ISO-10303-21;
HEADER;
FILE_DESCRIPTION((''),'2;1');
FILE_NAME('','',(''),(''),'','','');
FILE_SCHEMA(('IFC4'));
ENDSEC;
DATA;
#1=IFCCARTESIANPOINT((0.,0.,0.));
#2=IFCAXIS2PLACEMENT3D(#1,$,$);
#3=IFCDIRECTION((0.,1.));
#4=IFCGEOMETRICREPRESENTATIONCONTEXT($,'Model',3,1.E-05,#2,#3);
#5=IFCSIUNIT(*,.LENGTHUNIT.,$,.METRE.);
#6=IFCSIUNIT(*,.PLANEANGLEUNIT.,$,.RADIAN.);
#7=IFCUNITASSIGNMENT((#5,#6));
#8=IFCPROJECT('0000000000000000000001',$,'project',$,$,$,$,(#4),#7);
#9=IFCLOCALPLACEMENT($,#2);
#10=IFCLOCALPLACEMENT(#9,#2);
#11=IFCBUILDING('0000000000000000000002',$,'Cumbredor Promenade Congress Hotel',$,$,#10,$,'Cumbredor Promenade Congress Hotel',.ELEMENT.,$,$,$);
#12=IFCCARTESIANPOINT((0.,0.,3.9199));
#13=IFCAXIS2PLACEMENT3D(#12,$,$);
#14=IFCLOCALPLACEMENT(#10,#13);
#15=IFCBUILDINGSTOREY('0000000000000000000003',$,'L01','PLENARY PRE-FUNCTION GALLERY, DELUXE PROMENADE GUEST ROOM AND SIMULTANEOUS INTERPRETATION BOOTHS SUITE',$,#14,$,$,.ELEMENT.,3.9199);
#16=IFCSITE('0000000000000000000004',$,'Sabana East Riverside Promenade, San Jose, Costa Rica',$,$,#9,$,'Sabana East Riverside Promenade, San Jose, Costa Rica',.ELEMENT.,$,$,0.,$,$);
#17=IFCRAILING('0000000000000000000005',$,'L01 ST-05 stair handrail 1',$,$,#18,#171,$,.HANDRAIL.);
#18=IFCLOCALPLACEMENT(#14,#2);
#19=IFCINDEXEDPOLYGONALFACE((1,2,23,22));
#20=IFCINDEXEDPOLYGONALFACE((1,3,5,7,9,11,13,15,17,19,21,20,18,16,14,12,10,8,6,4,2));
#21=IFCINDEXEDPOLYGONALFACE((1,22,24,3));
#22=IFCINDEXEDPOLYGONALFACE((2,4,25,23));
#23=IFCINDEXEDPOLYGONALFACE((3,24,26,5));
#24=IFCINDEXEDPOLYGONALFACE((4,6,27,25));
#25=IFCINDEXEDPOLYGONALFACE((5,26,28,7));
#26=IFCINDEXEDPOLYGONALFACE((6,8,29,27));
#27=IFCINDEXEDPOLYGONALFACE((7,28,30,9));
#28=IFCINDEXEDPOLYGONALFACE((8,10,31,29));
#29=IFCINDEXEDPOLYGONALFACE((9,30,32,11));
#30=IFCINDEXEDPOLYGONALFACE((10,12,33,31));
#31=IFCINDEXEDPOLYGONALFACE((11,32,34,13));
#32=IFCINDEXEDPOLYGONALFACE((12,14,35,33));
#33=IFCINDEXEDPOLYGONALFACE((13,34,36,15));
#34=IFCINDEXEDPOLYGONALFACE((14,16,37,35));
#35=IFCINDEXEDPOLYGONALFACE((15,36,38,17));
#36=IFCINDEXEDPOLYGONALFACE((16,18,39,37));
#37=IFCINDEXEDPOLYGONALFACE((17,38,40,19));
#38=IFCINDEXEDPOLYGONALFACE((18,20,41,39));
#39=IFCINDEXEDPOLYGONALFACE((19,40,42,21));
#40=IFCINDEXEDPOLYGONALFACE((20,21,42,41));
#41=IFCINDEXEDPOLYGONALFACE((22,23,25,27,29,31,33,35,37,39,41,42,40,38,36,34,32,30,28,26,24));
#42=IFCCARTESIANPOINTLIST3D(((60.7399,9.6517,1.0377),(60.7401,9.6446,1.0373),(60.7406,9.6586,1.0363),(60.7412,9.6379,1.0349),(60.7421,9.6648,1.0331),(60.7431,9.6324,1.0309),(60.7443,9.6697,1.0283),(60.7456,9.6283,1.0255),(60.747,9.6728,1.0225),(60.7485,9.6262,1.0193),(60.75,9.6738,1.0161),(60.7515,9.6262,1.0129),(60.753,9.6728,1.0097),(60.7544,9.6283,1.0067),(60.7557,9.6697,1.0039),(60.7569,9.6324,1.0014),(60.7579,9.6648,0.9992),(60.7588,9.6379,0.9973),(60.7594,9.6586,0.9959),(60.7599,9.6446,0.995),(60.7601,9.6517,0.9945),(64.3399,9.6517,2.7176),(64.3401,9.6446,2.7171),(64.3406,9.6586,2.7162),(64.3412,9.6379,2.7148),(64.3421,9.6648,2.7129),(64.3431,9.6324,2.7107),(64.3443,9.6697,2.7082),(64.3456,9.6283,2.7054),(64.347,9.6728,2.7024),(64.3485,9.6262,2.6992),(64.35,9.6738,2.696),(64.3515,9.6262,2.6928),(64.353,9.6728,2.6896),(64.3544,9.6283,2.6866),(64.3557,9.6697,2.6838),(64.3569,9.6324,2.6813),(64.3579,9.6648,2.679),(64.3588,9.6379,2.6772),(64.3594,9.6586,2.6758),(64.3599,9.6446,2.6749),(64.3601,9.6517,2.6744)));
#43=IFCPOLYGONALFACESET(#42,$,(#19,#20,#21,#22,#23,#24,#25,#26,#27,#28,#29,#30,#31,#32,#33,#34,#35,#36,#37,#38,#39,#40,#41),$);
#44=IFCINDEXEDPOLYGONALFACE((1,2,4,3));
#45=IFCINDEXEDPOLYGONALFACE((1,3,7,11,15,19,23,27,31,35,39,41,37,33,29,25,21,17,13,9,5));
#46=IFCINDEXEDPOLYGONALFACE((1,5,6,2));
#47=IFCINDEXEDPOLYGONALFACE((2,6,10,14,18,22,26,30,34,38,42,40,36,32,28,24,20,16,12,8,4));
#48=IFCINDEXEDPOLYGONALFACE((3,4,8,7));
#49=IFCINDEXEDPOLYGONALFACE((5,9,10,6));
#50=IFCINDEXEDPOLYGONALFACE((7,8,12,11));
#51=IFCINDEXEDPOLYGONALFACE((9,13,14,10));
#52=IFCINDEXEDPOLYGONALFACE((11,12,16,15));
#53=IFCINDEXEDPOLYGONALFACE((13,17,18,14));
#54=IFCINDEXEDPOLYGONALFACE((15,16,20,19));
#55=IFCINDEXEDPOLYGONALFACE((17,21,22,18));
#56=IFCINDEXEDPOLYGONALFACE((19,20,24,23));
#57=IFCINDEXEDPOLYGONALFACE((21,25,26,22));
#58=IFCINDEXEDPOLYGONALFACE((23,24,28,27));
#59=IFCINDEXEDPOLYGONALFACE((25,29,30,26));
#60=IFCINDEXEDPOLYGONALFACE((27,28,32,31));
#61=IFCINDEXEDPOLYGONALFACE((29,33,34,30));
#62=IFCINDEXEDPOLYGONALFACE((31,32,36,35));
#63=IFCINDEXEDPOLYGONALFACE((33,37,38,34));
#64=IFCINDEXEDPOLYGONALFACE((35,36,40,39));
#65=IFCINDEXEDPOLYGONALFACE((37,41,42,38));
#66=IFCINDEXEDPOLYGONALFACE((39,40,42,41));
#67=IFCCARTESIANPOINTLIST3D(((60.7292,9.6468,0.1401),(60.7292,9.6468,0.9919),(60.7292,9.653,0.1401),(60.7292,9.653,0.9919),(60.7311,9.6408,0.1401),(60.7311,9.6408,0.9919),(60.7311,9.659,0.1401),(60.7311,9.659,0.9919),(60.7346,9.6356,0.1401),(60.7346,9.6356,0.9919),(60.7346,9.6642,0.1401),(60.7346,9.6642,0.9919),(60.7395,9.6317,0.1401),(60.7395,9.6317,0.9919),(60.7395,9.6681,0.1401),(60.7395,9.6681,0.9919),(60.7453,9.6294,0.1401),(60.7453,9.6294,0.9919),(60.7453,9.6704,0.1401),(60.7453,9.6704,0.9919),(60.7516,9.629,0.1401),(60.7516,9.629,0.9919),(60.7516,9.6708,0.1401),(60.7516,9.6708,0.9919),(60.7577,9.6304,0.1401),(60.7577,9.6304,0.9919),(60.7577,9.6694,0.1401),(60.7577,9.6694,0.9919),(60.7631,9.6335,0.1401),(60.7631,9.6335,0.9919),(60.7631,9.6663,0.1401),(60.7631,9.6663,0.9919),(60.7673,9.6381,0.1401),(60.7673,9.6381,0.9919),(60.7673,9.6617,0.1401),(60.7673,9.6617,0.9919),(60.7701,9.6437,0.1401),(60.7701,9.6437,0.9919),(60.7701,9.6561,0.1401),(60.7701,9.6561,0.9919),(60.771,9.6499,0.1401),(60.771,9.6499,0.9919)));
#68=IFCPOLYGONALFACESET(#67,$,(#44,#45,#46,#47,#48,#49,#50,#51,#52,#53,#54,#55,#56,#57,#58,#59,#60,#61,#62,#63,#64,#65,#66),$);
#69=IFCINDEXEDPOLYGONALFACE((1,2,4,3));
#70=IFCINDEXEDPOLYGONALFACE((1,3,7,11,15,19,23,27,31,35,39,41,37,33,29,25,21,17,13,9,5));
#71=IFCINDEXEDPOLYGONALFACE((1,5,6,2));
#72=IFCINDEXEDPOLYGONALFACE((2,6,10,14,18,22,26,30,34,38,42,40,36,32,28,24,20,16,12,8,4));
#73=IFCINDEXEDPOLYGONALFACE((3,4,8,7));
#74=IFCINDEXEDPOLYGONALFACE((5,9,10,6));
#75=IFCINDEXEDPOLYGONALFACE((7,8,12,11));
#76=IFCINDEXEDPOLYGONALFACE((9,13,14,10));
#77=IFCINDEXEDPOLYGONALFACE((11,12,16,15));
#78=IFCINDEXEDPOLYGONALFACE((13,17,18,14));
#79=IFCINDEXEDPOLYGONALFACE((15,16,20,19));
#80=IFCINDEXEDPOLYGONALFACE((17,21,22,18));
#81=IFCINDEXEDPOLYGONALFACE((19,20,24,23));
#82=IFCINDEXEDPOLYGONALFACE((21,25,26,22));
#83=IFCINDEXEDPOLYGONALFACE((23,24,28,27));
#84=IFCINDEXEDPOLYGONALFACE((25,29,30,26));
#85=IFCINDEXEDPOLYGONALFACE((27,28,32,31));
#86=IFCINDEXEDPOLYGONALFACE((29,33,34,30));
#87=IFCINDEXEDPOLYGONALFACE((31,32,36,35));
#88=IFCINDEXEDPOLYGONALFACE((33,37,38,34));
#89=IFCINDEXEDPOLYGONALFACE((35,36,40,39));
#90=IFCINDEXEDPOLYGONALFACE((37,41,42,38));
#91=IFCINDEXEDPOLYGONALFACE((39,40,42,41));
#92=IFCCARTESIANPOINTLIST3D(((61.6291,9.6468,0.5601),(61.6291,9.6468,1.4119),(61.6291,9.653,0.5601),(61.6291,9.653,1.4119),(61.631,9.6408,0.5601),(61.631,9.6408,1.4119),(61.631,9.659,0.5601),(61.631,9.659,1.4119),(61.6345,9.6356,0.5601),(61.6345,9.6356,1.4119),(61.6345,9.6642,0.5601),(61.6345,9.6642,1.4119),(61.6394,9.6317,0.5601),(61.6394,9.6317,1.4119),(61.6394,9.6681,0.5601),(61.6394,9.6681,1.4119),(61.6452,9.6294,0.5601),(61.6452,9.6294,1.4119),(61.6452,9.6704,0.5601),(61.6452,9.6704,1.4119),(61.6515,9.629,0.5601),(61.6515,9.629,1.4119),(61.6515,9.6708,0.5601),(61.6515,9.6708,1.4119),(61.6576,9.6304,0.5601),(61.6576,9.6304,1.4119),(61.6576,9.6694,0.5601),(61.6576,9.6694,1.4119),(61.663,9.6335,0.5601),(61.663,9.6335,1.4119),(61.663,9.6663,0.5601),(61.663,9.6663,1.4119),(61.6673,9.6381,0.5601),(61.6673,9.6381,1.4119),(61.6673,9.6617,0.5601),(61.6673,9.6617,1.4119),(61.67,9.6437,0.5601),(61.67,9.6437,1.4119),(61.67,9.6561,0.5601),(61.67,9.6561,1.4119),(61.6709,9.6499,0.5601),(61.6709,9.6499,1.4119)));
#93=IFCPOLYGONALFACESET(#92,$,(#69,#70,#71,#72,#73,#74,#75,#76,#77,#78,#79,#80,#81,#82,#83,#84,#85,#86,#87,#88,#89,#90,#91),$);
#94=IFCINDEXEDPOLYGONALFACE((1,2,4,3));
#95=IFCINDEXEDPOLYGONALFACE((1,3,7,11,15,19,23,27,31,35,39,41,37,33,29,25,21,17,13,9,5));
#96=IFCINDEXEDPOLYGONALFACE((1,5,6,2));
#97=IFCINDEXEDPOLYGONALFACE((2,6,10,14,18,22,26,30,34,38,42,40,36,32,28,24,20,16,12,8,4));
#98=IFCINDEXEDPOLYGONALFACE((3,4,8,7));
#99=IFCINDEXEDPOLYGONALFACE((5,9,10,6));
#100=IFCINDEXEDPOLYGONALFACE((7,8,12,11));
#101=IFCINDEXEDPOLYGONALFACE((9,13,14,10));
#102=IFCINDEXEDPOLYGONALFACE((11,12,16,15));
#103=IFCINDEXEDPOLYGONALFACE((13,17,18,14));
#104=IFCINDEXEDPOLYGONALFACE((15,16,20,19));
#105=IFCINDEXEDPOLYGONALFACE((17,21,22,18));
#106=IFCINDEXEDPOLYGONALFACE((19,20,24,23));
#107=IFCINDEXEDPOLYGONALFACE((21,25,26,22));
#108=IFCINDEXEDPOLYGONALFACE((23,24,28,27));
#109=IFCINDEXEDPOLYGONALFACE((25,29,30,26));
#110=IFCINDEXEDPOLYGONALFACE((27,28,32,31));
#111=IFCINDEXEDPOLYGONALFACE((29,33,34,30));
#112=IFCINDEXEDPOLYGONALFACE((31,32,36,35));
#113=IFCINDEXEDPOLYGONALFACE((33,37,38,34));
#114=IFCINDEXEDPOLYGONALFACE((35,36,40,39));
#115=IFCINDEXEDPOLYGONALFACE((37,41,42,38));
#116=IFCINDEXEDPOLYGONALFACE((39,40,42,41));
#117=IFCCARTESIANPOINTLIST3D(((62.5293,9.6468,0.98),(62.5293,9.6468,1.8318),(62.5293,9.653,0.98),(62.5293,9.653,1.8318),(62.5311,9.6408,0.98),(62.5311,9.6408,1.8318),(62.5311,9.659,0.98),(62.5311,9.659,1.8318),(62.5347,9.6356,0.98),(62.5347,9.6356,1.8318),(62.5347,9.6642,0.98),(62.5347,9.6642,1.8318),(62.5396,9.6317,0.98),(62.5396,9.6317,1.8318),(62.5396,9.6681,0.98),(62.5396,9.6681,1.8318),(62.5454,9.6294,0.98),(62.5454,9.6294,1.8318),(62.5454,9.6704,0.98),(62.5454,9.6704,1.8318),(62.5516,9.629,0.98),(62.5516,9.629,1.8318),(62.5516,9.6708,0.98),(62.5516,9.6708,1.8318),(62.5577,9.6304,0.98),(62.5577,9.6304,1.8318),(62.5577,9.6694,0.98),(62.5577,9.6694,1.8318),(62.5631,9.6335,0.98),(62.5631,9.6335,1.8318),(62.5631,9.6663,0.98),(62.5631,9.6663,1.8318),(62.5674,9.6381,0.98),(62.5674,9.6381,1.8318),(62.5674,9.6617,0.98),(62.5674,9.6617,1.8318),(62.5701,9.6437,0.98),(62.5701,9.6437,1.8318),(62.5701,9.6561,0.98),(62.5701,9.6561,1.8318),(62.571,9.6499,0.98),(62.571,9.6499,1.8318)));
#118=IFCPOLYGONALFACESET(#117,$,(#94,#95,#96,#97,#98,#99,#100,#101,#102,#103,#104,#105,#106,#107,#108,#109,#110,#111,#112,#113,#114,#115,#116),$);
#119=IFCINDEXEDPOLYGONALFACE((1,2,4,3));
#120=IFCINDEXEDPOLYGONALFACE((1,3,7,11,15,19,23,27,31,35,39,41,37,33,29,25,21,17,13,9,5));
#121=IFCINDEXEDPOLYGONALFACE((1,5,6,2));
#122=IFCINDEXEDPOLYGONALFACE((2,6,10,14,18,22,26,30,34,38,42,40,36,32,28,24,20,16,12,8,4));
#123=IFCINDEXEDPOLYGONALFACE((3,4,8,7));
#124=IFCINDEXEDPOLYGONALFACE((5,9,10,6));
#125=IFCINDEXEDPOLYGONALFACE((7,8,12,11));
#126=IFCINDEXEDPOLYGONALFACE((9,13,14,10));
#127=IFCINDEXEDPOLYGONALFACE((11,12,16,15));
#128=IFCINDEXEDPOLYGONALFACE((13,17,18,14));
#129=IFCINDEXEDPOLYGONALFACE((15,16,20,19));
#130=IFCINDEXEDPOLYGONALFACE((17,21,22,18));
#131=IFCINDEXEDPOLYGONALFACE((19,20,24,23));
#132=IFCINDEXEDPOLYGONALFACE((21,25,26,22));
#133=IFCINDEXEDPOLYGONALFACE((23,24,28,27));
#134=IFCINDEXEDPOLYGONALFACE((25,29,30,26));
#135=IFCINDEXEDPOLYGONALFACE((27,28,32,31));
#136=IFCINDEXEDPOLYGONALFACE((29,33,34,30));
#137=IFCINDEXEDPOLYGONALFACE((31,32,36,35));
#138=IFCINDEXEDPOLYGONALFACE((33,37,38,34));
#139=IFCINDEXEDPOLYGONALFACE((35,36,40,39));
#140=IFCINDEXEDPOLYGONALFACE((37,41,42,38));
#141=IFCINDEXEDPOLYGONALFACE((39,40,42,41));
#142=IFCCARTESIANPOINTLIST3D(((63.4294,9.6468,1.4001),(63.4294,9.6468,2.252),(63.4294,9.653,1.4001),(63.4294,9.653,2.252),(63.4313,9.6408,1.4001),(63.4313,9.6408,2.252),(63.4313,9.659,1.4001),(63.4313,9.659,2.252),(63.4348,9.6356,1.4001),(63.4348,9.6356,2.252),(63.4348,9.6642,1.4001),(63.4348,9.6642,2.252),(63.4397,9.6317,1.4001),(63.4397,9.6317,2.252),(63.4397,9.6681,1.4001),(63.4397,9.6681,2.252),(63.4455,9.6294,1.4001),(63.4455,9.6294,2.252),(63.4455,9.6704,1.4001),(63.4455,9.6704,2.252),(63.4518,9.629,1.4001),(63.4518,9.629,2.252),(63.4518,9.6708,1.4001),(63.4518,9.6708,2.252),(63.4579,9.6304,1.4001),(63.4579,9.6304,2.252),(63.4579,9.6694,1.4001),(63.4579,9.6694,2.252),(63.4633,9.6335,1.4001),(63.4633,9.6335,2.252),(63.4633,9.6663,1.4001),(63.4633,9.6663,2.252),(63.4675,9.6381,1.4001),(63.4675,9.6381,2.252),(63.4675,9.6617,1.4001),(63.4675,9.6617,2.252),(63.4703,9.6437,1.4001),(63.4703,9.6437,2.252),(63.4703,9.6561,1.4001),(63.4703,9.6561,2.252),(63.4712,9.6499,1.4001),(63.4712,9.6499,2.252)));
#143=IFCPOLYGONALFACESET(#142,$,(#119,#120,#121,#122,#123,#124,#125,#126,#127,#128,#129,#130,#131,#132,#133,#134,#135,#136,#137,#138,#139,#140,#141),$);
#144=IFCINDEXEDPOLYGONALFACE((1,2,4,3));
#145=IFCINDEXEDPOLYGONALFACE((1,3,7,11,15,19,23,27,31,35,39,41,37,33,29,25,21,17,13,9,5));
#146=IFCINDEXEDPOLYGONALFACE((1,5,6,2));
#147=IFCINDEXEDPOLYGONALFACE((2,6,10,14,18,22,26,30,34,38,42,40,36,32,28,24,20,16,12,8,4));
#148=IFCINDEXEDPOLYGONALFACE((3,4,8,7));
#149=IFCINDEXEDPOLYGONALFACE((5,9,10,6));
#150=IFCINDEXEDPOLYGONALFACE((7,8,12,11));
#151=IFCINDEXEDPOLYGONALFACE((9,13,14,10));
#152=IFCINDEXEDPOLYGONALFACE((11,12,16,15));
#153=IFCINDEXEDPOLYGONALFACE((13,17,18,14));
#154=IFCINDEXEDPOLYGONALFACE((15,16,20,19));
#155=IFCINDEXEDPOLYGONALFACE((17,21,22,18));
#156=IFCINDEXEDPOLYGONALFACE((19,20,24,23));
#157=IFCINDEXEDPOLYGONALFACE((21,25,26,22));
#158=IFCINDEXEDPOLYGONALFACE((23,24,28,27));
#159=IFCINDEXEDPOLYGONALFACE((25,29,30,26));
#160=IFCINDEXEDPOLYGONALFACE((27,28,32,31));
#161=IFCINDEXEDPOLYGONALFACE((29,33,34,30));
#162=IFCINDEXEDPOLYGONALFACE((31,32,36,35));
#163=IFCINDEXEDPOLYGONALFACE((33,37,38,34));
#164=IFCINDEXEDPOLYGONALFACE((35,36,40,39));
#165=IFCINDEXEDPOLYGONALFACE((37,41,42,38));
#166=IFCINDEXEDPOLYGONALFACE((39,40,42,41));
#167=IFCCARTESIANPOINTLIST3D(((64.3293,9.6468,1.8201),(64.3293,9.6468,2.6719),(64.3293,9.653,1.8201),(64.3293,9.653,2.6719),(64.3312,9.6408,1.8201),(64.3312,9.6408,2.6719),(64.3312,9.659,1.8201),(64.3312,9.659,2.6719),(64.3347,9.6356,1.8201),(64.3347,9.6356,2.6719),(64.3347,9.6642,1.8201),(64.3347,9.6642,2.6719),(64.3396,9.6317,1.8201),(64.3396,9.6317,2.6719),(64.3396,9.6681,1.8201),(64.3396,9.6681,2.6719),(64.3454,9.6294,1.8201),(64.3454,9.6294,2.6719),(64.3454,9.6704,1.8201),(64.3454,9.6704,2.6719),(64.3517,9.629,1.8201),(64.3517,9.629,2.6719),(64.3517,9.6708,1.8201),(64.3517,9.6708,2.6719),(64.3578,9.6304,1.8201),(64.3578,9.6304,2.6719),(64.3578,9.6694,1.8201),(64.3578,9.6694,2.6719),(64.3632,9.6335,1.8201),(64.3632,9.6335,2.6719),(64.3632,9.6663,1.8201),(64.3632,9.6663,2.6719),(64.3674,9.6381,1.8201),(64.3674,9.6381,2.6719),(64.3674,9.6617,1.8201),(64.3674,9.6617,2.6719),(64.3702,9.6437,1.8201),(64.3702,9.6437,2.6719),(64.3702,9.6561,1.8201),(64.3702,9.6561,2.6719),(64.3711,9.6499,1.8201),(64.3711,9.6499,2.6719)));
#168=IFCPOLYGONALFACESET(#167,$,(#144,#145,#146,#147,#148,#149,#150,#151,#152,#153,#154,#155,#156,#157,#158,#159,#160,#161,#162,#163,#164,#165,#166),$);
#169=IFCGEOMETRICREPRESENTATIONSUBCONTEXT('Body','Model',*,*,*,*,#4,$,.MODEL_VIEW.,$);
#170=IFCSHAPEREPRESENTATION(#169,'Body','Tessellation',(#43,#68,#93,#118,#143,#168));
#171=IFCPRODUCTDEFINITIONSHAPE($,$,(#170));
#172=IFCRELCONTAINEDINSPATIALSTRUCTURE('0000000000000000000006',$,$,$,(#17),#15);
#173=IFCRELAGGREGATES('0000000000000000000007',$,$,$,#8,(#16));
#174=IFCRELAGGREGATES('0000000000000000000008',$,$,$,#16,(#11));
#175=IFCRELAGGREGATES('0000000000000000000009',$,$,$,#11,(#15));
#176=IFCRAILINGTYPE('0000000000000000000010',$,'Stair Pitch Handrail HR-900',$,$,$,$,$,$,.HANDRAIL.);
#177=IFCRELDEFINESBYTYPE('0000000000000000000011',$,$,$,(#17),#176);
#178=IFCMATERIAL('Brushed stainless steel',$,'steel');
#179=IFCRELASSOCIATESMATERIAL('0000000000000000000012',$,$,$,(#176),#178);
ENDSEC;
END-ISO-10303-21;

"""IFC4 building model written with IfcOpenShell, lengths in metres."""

from ifc_helpers import new_model, si_unit, direction, frame, origin, origin_2d, place, context, subcontext, project, spatial, circle, extrude, material, type_object, element, save


model = new_model("IFC4")

# Units and contexts
model_context = context("Model", 3, precision=1e-05, world=origin(), true_north=direction((0.0, 1.0)))
body_context = subcontext(model_context, "Body", "Model", "MODEL_VIEW")
ifc_project = project(units=[si_unit("LENGTHUNIT", "METRE"), si_unit("PLANEANGLEUNIT", "RADIAN")], contexts=[model_context])

# Site, building, storey
site_placement = place(None, origin())
site = spatial("IfcSite", under=ifc_project, at=site_placement, Name="Sabana East Riverside Promenade, San Jose, Costa Rica", LongName="Sabana East Riverside Promenade, San Jose, Costa Rica", CompositionType="ELEMENT", RefElevation=0.0)
building_placement = place(site_placement, origin())
building = spatial("IfcBuilding", under=site, at=building_placement, Name="Cumbredor Promenade Congress Hotel", LongName="Cumbredor Promenade Congress Hotel", CompositionType="ELEMENT")
storey_placement = place(building_placement, frame((0.0, 0.0, 3.9199)))
storey = spatial("IfcBuildingStorey", under=building, at=storey_placement, Name="L01", Description="PLENARY PRE-FUNCTION GALLERY, DELUXE PROMENADE GUEST ROOM AND SIMULTANEOUS INTERPRETATION BOOTHS SUITE", CompositionType="ELEMENT", Elevation=3.9199)

# Railing
ifc_material_1 = material(Name="Brushed stainless steel", Category="steel")
railing_type_1 = type_object("IfcRailingType", Name="Stair Pitch Handrail HR-900", PredefinedType="HANDRAIL", material=ifc_material_1)
railing_1_placement = place(storey_placement, frame((60.75, 9.6499, 0.1401)))
element("IfcRailing", 1, at=railing_1_placement, inside=storey, type_object=railing_type_1, Name="L01 ST-05 stair handrail 1", PredefinedType="HANDRAIL", context=body_context, shape_type="SweptSolid", body=[
    extrude(circle(Radius=0.0239, at=origin_2d()), frame((0.0, 0.0, 0.876), z_axis=(0.906194, 0.0, 0.422862), x_axis=(0.0, 1.0, 0.0)), (0.0, 0.0, 1.0), 3.9727),
    extrude(circle(Radius=0.021, at=origin_2d()), origin(), (0.0, 0.0, 1.0), 0.8518),
    extrude(circle(Radius=0.021, at=origin_2d()), frame((0.8999, 0.0, 0.4199)), (0.0, 0.0, 1.0), 0.8518),
    extrude(circle(Radius=0.021, at=origin_2d()), frame((1.8, 0.0, 0.8398)), (0.0, 0.0, 1.0), 0.8518),
    extrude(circle(Radius=0.021, at=origin_2d()), frame((2.7002, 0.0, 1.26)), (0.0, 0.0, 1.0), 0.8518),
    extrude(circle(Radius=0.021, at=origin_2d()), frame((3.6001, 0.0, 1.6799)), (0.0, 0.0, 1.0), 0.8518),
])

save(model, "model.ifc")
